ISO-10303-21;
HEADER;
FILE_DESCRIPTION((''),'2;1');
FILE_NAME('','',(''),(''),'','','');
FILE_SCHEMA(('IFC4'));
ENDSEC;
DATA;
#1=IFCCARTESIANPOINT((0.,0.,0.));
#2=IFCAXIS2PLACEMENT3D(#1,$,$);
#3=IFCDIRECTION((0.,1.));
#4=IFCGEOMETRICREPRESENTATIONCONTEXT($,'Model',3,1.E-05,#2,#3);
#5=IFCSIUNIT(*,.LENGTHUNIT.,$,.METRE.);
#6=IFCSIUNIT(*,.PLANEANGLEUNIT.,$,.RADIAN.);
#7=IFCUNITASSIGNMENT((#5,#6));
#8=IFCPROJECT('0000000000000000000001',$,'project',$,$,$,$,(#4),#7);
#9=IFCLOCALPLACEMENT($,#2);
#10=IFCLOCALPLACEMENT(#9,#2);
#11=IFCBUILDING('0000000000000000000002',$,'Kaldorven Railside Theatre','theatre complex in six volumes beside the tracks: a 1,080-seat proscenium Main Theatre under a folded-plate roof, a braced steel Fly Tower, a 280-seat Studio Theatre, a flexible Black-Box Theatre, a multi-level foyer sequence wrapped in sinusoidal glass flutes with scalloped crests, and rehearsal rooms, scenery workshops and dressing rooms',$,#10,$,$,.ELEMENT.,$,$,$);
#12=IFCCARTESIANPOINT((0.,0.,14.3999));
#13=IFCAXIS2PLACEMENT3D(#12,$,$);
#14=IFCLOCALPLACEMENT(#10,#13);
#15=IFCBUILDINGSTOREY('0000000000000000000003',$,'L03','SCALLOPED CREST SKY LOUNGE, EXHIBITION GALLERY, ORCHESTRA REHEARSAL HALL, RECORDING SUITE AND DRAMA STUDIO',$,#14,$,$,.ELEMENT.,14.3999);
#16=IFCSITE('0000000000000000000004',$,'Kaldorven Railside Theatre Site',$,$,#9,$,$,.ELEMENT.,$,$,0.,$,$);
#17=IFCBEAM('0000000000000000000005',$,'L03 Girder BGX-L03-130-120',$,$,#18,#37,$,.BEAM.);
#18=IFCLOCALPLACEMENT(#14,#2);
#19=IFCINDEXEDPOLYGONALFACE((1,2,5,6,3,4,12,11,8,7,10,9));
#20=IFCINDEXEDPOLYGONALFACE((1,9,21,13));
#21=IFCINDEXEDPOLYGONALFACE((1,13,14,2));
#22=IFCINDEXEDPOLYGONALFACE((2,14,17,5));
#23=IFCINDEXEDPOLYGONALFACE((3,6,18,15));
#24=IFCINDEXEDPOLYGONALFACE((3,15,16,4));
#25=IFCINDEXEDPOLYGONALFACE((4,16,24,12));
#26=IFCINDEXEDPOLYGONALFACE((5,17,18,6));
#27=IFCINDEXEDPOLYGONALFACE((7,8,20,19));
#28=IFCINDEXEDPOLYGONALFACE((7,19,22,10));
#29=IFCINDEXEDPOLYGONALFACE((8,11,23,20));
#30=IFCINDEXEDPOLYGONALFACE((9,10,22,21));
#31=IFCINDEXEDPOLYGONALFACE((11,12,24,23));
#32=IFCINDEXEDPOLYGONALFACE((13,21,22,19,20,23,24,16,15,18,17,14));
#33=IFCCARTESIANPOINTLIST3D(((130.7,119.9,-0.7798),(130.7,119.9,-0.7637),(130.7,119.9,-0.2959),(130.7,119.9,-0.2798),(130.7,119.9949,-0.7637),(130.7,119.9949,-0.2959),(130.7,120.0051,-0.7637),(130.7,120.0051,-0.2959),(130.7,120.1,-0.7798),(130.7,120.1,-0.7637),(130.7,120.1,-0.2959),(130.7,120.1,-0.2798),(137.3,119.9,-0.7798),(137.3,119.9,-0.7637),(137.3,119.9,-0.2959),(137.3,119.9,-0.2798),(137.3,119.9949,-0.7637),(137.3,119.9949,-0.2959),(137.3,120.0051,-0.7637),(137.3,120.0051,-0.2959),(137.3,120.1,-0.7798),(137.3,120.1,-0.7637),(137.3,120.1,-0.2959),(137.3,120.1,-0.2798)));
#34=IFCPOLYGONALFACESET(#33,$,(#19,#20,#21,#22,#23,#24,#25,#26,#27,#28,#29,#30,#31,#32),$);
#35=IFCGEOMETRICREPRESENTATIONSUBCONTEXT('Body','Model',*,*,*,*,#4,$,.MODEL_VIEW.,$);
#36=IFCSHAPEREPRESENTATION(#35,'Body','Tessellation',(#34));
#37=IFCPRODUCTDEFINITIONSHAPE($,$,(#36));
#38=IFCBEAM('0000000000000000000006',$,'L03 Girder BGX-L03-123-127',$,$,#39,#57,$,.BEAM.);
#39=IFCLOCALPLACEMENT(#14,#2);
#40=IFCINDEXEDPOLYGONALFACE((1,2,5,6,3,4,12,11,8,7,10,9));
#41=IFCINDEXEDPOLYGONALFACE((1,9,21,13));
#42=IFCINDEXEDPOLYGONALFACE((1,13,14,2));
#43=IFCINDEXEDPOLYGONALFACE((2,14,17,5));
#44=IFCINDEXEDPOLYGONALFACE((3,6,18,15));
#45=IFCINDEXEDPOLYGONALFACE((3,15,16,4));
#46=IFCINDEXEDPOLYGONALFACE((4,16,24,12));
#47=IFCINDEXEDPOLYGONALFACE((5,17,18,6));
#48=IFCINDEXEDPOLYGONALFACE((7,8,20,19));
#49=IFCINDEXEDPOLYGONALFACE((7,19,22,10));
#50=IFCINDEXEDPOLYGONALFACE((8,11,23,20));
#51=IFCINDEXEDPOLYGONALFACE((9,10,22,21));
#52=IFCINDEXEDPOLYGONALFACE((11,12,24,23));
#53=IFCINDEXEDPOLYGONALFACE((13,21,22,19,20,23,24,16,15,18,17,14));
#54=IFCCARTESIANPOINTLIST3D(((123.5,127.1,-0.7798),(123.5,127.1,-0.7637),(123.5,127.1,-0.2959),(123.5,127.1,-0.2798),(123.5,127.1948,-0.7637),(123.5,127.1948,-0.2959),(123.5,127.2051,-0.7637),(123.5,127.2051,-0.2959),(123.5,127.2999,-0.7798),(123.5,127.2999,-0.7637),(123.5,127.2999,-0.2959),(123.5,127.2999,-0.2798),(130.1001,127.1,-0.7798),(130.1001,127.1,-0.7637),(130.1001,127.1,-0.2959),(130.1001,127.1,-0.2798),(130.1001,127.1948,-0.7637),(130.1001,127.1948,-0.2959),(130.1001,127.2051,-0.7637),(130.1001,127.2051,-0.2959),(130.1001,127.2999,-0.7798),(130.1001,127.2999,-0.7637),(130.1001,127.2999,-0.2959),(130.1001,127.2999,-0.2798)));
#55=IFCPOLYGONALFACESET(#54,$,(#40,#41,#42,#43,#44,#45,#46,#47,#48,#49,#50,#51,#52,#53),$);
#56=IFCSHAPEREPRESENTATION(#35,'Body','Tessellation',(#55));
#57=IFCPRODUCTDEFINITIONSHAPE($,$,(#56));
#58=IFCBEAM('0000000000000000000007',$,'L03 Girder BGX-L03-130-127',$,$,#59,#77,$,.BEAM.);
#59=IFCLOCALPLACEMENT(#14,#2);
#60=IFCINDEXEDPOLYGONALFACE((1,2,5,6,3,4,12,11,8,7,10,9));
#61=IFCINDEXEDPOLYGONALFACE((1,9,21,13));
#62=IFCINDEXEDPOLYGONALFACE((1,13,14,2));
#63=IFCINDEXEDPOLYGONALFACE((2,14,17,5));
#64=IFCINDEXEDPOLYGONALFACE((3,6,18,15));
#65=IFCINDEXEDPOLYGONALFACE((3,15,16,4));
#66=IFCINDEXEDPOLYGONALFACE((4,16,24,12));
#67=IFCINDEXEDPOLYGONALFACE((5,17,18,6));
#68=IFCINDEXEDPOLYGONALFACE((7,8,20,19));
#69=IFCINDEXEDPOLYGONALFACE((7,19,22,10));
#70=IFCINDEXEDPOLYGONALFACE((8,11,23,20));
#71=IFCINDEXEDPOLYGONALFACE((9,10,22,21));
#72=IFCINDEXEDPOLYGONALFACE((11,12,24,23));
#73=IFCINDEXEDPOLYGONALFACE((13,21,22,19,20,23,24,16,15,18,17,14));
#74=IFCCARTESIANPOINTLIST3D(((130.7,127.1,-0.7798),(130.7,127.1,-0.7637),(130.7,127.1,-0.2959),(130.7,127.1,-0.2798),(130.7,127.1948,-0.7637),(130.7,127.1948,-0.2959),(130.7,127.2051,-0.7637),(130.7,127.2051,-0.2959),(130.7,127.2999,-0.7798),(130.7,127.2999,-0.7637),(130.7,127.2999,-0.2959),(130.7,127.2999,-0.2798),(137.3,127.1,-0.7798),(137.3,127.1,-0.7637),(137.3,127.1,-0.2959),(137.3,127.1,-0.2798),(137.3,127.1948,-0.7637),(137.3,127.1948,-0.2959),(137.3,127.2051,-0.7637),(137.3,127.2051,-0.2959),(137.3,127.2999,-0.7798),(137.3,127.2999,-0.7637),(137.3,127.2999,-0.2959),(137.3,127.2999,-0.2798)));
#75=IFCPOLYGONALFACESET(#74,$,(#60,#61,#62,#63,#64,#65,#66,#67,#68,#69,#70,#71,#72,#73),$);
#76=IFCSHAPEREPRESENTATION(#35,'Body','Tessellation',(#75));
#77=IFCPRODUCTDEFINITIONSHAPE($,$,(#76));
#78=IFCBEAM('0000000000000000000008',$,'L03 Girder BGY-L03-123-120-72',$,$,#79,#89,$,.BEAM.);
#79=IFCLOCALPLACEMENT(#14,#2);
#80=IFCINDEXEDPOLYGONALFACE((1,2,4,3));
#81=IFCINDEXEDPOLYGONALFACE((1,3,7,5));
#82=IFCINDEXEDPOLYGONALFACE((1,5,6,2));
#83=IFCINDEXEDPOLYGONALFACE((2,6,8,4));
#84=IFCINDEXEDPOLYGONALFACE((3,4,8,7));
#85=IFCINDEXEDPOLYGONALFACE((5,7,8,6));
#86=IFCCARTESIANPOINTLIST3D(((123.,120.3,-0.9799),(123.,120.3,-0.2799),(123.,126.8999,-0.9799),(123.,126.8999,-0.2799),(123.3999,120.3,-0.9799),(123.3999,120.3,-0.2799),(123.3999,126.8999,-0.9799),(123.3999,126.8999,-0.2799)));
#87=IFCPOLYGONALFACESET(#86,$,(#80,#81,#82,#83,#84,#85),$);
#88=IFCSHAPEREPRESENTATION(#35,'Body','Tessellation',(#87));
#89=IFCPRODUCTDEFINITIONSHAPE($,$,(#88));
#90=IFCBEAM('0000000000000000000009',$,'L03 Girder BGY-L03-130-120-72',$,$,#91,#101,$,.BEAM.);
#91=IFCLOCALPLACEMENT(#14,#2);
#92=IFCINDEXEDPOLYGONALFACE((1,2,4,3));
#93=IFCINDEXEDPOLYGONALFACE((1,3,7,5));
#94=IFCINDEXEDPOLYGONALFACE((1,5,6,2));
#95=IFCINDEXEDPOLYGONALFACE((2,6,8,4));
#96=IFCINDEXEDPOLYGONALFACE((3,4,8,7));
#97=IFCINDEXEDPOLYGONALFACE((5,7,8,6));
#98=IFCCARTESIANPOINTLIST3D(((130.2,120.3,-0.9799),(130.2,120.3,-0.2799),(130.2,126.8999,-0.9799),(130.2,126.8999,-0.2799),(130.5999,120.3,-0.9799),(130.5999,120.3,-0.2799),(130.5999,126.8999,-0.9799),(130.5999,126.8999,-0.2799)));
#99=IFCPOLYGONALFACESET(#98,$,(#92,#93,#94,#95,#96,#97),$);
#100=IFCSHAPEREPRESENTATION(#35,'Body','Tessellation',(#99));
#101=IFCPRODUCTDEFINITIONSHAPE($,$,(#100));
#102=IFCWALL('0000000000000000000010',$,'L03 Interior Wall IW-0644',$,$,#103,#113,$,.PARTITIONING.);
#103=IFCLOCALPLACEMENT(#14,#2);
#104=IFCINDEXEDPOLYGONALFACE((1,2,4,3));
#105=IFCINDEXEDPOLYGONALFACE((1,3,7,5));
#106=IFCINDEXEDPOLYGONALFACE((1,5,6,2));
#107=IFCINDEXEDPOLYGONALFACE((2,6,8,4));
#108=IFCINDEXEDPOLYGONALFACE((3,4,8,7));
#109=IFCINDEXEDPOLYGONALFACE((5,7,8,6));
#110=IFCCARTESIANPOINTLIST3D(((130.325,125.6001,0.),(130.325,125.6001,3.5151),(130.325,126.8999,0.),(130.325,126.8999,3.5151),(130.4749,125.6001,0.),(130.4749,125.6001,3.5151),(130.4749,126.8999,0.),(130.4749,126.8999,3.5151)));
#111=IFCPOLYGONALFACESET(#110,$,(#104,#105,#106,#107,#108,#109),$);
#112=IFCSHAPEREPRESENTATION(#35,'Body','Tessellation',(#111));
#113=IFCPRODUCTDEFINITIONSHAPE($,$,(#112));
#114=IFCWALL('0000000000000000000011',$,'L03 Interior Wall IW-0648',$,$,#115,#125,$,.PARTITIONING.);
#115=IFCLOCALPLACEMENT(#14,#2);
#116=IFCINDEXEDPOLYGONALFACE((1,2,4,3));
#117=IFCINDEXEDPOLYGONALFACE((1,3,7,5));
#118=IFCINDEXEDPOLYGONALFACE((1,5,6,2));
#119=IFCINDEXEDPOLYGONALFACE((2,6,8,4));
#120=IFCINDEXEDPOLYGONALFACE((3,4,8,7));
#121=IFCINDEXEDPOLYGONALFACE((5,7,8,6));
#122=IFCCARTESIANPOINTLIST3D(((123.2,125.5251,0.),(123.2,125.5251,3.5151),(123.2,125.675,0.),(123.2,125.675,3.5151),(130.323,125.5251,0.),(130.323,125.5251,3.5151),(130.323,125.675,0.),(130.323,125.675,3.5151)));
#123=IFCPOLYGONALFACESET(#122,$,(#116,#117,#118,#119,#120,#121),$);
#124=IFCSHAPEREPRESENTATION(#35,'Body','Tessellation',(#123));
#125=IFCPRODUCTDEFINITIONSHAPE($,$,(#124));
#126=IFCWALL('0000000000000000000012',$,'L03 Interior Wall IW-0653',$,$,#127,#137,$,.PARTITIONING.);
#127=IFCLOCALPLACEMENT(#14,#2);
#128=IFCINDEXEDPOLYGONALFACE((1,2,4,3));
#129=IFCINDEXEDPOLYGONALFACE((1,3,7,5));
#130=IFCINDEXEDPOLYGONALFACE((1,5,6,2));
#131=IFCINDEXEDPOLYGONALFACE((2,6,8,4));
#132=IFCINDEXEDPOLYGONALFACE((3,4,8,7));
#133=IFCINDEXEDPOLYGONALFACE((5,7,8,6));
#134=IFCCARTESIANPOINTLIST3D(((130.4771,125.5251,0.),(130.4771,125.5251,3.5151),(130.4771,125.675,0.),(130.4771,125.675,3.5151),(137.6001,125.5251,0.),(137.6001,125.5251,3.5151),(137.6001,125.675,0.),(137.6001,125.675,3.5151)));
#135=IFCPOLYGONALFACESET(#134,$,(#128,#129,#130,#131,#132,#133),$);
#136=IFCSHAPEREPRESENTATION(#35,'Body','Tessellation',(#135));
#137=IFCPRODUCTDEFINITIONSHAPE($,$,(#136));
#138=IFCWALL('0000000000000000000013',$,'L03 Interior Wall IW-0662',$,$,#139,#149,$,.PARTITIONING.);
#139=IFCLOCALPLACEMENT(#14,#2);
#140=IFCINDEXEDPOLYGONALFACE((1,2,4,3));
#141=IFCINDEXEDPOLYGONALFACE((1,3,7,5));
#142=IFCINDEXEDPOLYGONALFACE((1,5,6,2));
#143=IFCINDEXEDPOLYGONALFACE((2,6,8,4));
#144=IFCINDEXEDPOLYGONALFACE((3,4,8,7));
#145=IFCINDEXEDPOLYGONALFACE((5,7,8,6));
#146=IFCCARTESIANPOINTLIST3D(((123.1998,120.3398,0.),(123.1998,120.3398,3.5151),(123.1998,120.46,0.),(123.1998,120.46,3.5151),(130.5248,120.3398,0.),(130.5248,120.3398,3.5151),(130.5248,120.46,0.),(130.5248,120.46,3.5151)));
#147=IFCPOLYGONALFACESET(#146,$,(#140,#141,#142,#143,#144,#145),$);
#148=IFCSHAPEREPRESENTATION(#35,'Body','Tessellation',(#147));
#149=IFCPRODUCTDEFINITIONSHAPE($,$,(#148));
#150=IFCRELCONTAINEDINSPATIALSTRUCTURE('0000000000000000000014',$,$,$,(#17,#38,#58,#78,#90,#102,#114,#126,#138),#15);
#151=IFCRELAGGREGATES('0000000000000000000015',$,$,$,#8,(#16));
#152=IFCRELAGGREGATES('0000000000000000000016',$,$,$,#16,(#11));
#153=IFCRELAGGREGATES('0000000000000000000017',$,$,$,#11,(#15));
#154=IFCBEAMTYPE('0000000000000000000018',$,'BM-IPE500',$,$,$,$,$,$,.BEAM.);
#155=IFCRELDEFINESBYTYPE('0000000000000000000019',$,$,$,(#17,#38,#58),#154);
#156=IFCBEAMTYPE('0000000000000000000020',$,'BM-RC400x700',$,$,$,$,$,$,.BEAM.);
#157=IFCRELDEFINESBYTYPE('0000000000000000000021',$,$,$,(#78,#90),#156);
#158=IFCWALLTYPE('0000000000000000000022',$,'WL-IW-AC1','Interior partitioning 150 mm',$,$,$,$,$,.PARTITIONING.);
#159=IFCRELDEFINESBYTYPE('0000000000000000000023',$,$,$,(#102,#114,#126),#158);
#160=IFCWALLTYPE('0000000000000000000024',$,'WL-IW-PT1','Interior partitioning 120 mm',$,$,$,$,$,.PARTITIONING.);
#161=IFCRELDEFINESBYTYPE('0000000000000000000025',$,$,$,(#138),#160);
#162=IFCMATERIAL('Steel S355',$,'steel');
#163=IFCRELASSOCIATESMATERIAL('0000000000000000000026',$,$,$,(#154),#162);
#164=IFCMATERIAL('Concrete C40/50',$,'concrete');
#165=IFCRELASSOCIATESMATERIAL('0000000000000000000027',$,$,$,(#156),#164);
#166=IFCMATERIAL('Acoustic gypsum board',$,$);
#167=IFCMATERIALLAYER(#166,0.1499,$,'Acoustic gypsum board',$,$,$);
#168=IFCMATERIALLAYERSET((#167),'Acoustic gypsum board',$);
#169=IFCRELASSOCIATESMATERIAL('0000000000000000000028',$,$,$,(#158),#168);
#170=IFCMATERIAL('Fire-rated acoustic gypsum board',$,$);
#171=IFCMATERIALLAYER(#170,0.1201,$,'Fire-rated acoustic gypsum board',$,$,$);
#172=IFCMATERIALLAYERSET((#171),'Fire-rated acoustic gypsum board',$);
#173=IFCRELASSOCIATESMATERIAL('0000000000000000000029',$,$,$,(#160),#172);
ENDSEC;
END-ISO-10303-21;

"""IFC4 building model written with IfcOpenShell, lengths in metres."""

from ifc_helpers import new_model, si_unit, direction, frame, frame_2d, origin, origin_2d, place, context, subcontext, project, spatial, rectangle, i_section, extrude, material, layer, layer_set, material_profile, profile_set, type_object, element, save


model = new_model("IFC4")

# Units and contexts
model_context = context("Model", 3, precision=1e-05, world=origin(), true_north=direction((0.0, 1.0)))
body_context = subcontext(model_context, "Body", "Model", "MODEL_VIEW")
ifc_project = project(units=[si_unit("LENGTHUNIT", "METRE"), si_unit("PLANEANGLEUNIT", "RADIAN")], contexts=[model_context])

# Site, building, storey
site_placement = place(None, origin())
site = spatial("IfcSite", under=ifc_project, at=site_placement, Name="Kaldorven Railside Theatre Site", CompositionType="ELEMENT", RefElevation=0.0)
building_placement = place(site_placement, origin())
building = spatial("IfcBuilding", under=site, at=building_placement, Name="Kaldorven Railside Theatre", Description="theatre complex in six volumes beside the tracks: a 1,080-seat proscenium Main Theatre under a folded-plate roof, a braced steel Fly Tower, a 280-seat Studio Theatre, a flexible Black-Box Theatre, a multi-level foyer sequence wrapped in sinusoidal glass flutes with scalloped crests, and rehearsal rooms, scenery workshops and dressing rooms", CompositionType="ELEMENT")
storey_placement = place(building_placement, frame((0.0, 0.0, 14.3999)))
storey = spatial("IfcBuildingStorey", under=building, at=storey_placement, Name="L03", Description="SCALLOPED CREST SKY LOUNGE, EXHIBITION GALLERY, ORCHESTRA REHEARSAL HALL, RECORDING SUITE AND DRAMA STUDIO", CompositionType="ELEMENT", Elevation=14.3999)

# Shared definitions
ifc_material_1 = material(Name="Concrete C40/50", Category="concrete")

# Beams
ifc_material_2 = material(Name="Steel S355", Category="steel")
ifc_material_profile_1 = material_profile(ifc_material_2, i_section(OverallWidth=0.2, OverallDepth=0.5, WebThickness=0.0103, FlangeThickness=0.0161, at=origin_2d()), Name="IPE 500")
ifc_profile_set_1 = profile_set([ifc_material_profile_1], Name="Steel S355")
beam_type_1 = type_object("IfcBeamType", Name="BM-IPE500", PredefinedType="BEAM", material=ifc_profile_set_1)
for number, where, z_axis, x_axis, name in (
    (1, (130.7, 120.0, -0.5298), (1.0, 0.0, 0.0), (0.0, 1.0, 0.0), "L03 Girder BGX-L03-130-120"),
    (2, (123.5, 127.2, -0.5298), (1.0, 0.0, 0.0), (0.0, 1.0, 0.0), "L03 Girder BGX-L03-123-127"),
    (3, (130.7, 127.2, -0.5298), (1.0, 0.0, 0.0), (0.0, 1.0, 0.0), "L03 Girder BGX-L03-130-127"),
):
    element("IfcBeam", number, at=place(storey_placement, frame(where, z_axis=z_axis, x_axis=x_axis)), inside=storey, type_object=beam_type_1, Name=name, PredefinedType="BEAM", context=body_context, shape_type="SweptSolid", body=[
        extrude(i_section(OverallWidth=0.2, OverallDepth=0.5, WebThickness=0.0103, FlangeThickness=0.0161, at=origin_2d()), origin(), (0.0, 0.0, 1.0), 6.6001),
    ])
ifc_material_profile_2 = material_profile(ifc_material_1, rectangle(XDim=0.3999, YDim=0.7, at=origin_2d()), Name="RC 400x700")
ifc_profile_set_2 = profile_set([ifc_material_profile_2], Name="Concrete C40/50")
beam_type_2 = type_object("IfcBeamType", Name="BM-RC400x700", PredefinedType="BEAM", material=ifc_profile_set_2)
for number, where, z_axis, x_axis, name in (
    (4, (123.2, 120.3, -0.6299), (0.0, 1.0, 0.0), (-1.0, 0.0, 0.0), "L03 Girder BGY-L03-123-120-72"),
    (5, (130.3999, 120.3, -0.6299), (0.0, 1.0, 0.0), (-1.0, 0.0, 0.0), "L03 Girder BGY-L03-130-120-72"),
):
    element("IfcBeam", number, at=place(storey_placement, frame(where, z_axis=z_axis, x_axis=x_axis)), inside=storey, type_object=beam_type_2, Name=name, PredefinedType="BEAM", context=body_context, shape_type="SweptSolid", body=[
        extrude(rectangle(XDim=0.3999, YDim=0.7, at=origin_2d()), origin(), (0.0, 0.0, 1.0), 6.5999),
    ])

# Walls
ifc_material_3 = material(Name="Acoustic gypsum board")
ifc_layer_1 = layer(ifc_material_3, 0.1499, Name="Acoustic gypsum board")
ifc_layer_set_1 = layer_set([ifc_layer_1], Name="Acoustic gypsum board")
wall_type_1 = type_object("IfcWallType", Name="WL-IW-AC1", Description="Interior partitioning 150 mm", PredefinedType="PARTITIONING", material=ifc_layer_set_1)
wall_1_placement = place(storey_placement, frame((130.3999, 125.6001, 0.0), z_axis=(0.0, 0.0, 1.0), x_axis=(0.0, 1.0, 0.0)))
element("IfcWall", 6, at=wall_1_placement, inside=storey, type_object=wall_type_1, Name="L03 Interior Wall IW-0644", PredefinedType="PARTITIONING", context=body_context, shape_type="SweptSolid", body=[
    extrude(rectangle(XDim=1.2998, YDim=0.1499, at=frame_2d((0.6499, 0.0))), origin(), (0.0, 0.0, 1.0), 3.5151),
])
for number, where, z_axis, x_axis, name in (
    (7, (123.2, 125.6001, 0.0), (0.0, 0.0, 1.0), (1.0, 0.0, 0.0), "L03 Interior Wall IW-0648"),
    (8, (130.4771, 125.6001, 0.0), (0.0, 0.0, 1.0), (1.0, 0.0, 0.0), "L03 Interior Wall IW-0653"),
):
    element("IfcWall", number, at=place(storey_placement, frame(where, z_axis=z_axis, x_axis=x_axis)), inside=storey, type_object=wall_type_1, Name=name, PredefinedType="PARTITIONING", context=body_context, shape_type="SweptSolid", body=[
        extrude(rectangle(XDim=7.123, YDim=0.1499, at=frame_2d((3.5615, 0.0))), origin(), (0.0, 0.0, 1.0), 3.5151),
    ])
ifc_material_4 = material(Name="Fire-rated acoustic gypsum board")
ifc_layer_2 = layer(ifc_material_4, 0.1201, Name="Fire-rated acoustic gypsum board")
ifc_layer_set_2 = layer_set([ifc_layer_2], Name="Fire-rated acoustic gypsum board")
wall_type_2 = type_object("IfcWallType", Name="WL-IW-PT1", Description="Interior partitioning 120 mm", PredefinedType="PARTITIONING", material=ifc_layer_set_2)
wall_2_placement = place(storey_placement, frame((130.5249, 120.3999, 0.0), z_axis=(0.0, 0.0, 1.0), x_axis=(-1.0, 0.0, 0.0)))
element("IfcWall", 9, at=wall_2_placement, inside=storey, type_object=wall_type_2, Name="L03 Interior Wall IW-0662", PredefinedType="PARTITIONING", context=body_context, shape_type="SweptSolid", body=[
    extrude(rectangle(XDim=7.325, YDim=0.1201, at=frame_2d((3.6626, 0.0))), origin(), (0.0, 0.0, 1.0), 3.5151),
])

save(model, "model.ifc")
